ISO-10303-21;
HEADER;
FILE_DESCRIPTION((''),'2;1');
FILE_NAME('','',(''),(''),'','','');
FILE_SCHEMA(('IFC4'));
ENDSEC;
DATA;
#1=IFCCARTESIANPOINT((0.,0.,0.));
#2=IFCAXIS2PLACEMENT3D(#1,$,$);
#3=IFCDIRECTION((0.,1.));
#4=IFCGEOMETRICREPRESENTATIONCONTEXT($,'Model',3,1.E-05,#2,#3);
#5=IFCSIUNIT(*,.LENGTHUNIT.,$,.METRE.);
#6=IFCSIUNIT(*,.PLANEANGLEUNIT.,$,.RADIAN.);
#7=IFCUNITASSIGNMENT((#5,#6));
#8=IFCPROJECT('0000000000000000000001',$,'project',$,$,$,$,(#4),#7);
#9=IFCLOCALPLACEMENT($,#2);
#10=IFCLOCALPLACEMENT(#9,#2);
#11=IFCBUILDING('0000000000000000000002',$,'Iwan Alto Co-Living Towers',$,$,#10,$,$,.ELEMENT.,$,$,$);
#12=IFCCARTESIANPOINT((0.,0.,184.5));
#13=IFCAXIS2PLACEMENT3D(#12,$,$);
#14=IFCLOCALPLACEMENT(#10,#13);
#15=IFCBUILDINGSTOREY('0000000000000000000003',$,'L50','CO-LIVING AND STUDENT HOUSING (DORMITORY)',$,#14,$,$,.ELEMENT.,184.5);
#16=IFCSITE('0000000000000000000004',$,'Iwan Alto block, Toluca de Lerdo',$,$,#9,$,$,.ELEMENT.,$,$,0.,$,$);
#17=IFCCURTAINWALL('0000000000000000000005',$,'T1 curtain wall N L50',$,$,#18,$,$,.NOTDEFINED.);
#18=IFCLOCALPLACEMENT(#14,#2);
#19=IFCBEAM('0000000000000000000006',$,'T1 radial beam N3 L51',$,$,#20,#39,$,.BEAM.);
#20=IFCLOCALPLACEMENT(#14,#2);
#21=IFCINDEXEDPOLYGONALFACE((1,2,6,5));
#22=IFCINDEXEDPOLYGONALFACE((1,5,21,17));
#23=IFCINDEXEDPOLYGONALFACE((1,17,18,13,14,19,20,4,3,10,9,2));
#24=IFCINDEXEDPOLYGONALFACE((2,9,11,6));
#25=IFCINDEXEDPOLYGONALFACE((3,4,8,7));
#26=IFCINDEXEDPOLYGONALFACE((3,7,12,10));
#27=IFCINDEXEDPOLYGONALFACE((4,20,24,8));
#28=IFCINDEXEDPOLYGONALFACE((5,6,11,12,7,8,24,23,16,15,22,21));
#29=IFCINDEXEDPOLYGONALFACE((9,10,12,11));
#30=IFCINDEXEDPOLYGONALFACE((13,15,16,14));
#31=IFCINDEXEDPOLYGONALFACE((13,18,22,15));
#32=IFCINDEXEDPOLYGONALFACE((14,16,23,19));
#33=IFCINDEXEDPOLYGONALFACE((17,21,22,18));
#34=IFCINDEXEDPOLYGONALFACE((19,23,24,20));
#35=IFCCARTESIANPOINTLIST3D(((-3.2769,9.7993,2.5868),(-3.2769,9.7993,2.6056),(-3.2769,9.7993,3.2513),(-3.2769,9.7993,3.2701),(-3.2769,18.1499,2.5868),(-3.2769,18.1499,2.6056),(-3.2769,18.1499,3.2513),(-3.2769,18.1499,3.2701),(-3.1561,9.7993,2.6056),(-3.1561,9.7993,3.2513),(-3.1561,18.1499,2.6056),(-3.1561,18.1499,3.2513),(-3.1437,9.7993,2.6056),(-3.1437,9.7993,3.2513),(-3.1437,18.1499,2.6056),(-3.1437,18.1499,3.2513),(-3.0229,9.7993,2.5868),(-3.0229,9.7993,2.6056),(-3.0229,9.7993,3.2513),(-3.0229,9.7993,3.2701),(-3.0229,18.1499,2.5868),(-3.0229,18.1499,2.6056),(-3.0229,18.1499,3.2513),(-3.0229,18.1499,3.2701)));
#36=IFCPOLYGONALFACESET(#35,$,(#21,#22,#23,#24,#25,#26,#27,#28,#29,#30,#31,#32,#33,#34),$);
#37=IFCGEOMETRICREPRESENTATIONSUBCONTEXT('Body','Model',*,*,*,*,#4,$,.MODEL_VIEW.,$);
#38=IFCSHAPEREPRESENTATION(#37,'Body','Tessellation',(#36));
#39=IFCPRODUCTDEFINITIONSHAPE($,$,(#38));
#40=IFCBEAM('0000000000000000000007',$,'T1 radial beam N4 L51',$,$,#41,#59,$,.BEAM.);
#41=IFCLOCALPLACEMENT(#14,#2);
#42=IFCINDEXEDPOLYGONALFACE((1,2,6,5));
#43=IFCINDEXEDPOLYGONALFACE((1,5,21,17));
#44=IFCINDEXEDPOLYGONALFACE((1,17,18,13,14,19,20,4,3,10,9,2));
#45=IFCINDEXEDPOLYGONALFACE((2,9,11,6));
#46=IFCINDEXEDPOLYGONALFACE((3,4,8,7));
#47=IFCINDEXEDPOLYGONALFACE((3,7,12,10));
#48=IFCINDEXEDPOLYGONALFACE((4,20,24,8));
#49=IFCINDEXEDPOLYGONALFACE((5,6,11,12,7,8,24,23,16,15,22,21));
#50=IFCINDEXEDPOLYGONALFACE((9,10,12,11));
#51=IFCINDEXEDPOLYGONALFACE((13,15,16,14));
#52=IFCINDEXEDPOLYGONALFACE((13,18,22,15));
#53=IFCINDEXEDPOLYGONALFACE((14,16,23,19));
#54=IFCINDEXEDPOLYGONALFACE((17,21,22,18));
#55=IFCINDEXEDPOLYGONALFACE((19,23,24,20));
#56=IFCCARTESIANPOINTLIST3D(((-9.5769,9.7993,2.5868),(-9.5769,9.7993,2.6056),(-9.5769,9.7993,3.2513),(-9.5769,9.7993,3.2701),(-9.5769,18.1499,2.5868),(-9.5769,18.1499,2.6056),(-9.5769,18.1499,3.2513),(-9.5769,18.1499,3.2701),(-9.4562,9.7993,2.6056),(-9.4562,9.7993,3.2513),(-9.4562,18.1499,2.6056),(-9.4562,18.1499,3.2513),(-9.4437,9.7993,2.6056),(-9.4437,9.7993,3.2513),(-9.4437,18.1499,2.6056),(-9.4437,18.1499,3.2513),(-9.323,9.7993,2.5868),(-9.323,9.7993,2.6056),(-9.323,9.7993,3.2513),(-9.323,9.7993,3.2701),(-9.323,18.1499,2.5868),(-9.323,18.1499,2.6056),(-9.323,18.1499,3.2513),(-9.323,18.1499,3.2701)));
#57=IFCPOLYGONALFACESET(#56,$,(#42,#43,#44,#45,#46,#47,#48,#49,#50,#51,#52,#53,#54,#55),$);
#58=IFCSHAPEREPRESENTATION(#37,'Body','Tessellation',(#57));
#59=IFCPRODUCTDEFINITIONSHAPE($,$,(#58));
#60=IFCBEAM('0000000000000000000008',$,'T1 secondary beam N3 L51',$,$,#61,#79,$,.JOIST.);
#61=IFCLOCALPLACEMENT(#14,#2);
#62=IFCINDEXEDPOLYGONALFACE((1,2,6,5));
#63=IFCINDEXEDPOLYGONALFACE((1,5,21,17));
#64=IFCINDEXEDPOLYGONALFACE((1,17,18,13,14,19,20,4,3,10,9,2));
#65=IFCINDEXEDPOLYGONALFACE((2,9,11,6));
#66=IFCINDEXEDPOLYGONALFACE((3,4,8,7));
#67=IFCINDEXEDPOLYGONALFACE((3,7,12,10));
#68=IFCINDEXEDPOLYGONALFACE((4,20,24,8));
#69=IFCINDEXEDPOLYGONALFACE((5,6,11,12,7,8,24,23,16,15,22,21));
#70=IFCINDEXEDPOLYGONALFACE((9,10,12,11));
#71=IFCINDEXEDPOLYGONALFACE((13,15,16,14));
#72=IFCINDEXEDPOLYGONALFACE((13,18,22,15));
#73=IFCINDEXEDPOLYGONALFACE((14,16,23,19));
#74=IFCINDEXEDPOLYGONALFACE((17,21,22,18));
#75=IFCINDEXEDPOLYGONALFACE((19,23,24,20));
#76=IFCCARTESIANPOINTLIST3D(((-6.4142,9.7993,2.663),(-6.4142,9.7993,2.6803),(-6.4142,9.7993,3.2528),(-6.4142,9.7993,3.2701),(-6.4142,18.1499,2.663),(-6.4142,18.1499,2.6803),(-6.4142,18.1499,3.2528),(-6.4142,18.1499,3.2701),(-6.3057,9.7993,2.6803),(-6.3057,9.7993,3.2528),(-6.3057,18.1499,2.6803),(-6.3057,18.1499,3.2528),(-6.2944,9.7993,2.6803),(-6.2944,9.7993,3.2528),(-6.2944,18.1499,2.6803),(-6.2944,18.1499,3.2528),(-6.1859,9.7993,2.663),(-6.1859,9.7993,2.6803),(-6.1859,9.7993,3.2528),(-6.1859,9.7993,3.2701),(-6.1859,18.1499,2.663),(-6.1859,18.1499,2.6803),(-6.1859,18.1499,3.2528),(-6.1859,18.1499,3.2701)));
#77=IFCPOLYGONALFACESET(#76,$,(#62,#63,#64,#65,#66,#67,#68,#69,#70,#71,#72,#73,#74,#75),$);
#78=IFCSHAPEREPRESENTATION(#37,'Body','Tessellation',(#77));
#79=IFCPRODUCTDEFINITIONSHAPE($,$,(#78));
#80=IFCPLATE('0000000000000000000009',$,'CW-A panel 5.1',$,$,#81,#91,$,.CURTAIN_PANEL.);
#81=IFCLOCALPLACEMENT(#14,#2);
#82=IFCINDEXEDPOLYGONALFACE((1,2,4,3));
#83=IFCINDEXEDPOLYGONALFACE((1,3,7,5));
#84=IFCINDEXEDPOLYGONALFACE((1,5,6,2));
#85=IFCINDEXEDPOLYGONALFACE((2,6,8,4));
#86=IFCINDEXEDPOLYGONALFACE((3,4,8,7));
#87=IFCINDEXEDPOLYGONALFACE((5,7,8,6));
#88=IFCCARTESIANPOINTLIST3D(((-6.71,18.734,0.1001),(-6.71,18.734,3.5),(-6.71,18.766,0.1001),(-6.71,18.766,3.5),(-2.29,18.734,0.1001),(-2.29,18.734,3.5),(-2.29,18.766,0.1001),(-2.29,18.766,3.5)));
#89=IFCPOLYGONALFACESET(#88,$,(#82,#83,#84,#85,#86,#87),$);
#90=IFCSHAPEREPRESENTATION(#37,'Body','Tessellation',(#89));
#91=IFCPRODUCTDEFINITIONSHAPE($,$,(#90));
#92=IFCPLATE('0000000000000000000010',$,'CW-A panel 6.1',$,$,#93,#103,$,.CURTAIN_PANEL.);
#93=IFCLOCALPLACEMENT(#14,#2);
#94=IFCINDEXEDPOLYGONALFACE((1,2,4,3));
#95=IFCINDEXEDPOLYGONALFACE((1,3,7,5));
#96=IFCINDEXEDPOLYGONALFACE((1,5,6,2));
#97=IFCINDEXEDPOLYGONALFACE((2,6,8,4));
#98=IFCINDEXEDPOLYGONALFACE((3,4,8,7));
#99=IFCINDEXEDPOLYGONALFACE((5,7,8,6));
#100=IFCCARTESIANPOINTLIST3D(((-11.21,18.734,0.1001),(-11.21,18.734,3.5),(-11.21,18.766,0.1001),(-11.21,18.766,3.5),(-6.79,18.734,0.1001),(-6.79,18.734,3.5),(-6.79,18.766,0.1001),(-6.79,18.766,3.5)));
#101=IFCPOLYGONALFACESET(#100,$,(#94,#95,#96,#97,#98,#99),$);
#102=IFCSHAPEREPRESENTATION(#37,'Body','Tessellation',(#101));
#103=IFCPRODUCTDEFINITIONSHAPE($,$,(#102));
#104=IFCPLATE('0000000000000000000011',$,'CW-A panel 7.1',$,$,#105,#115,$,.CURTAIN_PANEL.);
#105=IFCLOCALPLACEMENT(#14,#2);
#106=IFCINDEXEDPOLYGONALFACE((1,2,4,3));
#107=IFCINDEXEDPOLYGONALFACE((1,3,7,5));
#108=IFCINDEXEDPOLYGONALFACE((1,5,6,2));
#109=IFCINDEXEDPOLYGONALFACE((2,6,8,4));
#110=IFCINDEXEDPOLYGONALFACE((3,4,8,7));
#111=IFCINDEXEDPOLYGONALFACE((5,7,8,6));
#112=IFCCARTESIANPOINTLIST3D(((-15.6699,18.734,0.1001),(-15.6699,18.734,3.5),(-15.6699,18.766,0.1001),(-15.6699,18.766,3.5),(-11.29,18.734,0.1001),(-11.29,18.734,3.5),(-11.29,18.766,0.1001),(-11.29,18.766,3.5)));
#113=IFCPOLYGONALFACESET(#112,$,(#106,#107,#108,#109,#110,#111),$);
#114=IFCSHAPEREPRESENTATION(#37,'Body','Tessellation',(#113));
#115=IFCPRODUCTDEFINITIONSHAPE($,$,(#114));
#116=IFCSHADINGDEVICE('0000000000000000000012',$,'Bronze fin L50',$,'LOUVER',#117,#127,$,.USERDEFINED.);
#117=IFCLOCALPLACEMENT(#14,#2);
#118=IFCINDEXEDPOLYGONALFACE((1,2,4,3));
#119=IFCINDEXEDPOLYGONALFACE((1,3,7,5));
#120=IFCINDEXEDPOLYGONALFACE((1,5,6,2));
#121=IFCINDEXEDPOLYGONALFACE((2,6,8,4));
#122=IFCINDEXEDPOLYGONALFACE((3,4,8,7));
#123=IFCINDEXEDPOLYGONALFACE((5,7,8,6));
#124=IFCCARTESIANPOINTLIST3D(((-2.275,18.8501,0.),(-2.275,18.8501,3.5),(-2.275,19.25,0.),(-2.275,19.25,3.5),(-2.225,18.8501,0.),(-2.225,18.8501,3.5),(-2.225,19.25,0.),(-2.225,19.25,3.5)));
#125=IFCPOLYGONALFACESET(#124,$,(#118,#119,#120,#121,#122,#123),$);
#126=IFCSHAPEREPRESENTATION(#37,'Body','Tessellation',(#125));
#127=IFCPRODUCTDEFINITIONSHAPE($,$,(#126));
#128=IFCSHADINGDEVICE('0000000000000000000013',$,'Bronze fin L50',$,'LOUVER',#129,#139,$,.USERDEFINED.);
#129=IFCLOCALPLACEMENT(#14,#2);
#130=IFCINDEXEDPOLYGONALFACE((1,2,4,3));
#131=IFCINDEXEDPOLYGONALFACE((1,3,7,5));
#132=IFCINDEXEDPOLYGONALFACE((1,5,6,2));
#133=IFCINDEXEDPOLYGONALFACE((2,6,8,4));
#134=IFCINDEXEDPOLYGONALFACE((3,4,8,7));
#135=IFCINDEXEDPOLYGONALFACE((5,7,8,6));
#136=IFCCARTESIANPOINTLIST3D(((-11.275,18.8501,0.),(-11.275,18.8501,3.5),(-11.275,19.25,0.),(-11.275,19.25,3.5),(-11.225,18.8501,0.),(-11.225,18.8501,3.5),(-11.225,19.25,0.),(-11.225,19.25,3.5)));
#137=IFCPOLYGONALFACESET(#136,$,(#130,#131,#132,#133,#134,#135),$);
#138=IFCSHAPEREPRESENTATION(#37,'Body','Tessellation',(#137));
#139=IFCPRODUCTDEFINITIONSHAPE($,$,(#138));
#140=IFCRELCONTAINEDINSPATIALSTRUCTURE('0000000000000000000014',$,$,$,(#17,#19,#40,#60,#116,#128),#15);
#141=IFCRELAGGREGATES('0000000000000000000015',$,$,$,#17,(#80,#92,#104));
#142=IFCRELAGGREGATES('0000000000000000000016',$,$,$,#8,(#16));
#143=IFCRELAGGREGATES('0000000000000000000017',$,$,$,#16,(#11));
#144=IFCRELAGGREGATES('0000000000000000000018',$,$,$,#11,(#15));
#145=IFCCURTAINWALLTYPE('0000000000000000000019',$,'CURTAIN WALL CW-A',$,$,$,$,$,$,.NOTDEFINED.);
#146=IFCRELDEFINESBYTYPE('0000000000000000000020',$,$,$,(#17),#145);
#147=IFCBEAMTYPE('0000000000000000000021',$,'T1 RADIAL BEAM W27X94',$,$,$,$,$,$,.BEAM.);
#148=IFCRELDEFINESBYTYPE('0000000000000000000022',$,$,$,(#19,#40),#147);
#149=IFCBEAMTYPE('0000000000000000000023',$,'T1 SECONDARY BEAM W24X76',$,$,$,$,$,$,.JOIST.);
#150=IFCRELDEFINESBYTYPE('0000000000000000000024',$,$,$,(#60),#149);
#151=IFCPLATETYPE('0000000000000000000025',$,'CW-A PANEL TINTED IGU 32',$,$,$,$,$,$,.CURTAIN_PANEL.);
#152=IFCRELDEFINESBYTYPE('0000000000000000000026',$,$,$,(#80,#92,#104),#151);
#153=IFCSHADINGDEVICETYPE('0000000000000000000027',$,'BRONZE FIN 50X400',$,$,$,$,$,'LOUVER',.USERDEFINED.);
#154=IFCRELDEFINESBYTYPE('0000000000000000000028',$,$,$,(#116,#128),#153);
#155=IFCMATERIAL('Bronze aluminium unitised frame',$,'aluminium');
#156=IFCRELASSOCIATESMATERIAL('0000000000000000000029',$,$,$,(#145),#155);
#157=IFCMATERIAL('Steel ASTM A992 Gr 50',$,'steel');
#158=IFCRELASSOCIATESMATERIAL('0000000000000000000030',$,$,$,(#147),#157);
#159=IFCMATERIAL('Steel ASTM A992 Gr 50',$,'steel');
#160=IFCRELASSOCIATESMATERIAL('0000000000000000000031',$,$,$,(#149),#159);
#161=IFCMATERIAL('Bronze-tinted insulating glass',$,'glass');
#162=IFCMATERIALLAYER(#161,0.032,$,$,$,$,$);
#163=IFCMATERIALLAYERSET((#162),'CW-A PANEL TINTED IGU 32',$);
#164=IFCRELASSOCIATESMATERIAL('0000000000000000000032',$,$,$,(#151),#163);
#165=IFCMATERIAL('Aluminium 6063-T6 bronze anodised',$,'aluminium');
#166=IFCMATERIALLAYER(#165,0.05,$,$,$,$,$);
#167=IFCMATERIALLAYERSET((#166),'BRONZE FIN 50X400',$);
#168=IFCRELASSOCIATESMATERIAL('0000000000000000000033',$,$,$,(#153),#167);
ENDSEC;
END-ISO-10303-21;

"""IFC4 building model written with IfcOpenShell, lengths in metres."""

from ifc_helpers import new_model, si_unit, direction, frame, origin, origin_2d, place, context, subcontext, project, spatial, rectangle, i_section, extrude, material, layer, layer_set, material_profile, profile_set, type_object, element, aggregate, save


model = new_model("IFC4")

# Units and contexts
model_context = context("Model", 3, precision=1e-05, world=origin(), true_north=direction((0.0, 1.0)))
body_context = subcontext(model_context, "Body", "Model", "MODEL_VIEW")
ifc_project = project(units=[si_unit("LENGTHUNIT", "METRE"), si_unit("PLANEANGLEUNIT", "RADIAN")], contexts=[model_context])

# Site, building, storey
site_placement = place(None, origin())
site = spatial("IfcSite", under=ifc_project, at=site_placement, Name="Iwan Alto block, Toluca de Lerdo", CompositionType="ELEMENT", RefElevation=0.0)
building_placement = place(site_placement, origin())
building = spatial("IfcBuilding", under=site, at=building_placement, Name="Iwan Alto Co-Living Towers", CompositionType="ELEMENT")
storey_placement = place(building_placement, frame((0.0, 0.0, 184.5)))
storey = spatial("IfcBuildingStorey", under=building, at=storey_placement, Name="L50", Description="CO-LIVING AND STUDENT HOUSING (DORMITORY)", CompositionType="ELEMENT", Elevation=184.5)

# Curtain wall
ifc_material_1 = material(Name="Bronze aluminium unitised frame", Category="aluminium")
curtain_wall_type_1 = type_object("IfcCurtainWallType", Name="CURTAIN WALL CW-A", PredefinedType="NOTDEFINED", material=ifc_material_1)
curtain_wall_1_placement = place(storey_placement, origin())
curtain_wall_1 = element("IfcCurtainWall", 1, at=curtain_wall_1_placement, inside=storey, type_object=curtain_wall_type_1, Name="T1 curtain wall N L50", PredefinedType="NOTDEFINED")

# Beams
ifc_material_2 = material(Name="Steel ASTM A992 Gr 50", Category="steel")
ifc_material_profile_1 = material_profile(ifc_material_2, i_section(OverallWidth=0.2539, OverallDepth=0.6833, WebThickness=0.0125, FlangeThickness=0.0188, at=origin_2d()), Name="W27X94")
ifc_profile_set_1 = profile_set([ifc_material_profile_1], Name="Steel ASTM A992 Gr 50")
beam_type_1 = type_object("IfcBeamType", Name="T1 RADIAL BEAM W27X94", PredefinedType="BEAM", material=ifc_profile_set_1)
for number, where, z_axis, x_axis, name in (
    (2, (-3.1499, 18.1499, 2.9285), (0.0, -1.0, 0.0), (1.0, 0.0, 0.0), "T1 radial beam N3 L51"),
    (3, (-9.45, 18.1499, 2.9285), (0.0, -1.0, 0.0), (1.0, 0.0, 0.0), "T1 radial beam N4 L51"),
):
    element("IfcBeam", number, at=place(storey_placement, frame(where, z_axis=z_axis, x_axis=x_axis)), inside=storey, type_object=beam_type_1, Name=name, PredefinedType="BEAM", context=body_context, shape_type="SweptSolid", body=[
        extrude(i_section(OverallWidth=0.2539, OverallDepth=0.6833, WebThickness=0.0125, FlangeThickness=0.0188, at=origin_2d()), origin(), (0.0, 0.0, 1.0), 8.3506),
    ])
ifc_material_3 = material(Name="Steel ASTM A992 Gr 50", Category="steel")
ifc_material_profile_2 = material_profile(ifc_material_3, i_section(OverallWidth=0.2283, OverallDepth=0.6072, WebThickness=0.0112, FlangeThickness=0.0173, at=origin_2d()), Name="W24X76")
ifc_profile_set_2 = profile_set([ifc_material_profile_2], Name="Steel ASTM A992 Gr 50")
beam_type_2 = type_object("IfcBeamType", Name="T1 SECONDARY BEAM W24X76", PredefinedType="JOIST", material=ifc_profile_set_2)
beam_1_placement = place(storey_placement, frame((-6.3, 18.1499, 2.9666), z_axis=(0.0, -1.0, 0.0), x_axis=(1.0, 0.0, 0.0)))
element("IfcBeam", 4, at=beam_1_placement, inside=storey, type_object=beam_type_2, Name="T1 secondary beam N3 L51", PredefinedType="JOIST", context=body_context, shape_type="SweptSolid", body=[
    extrude(i_section(OverallWidth=0.2283, OverallDepth=0.6072, WebThickness=0.0112, FlangeThickness=0.0173, at=origin_2d()), origin(), (0.0, 0.0, 1.0), 8.3506),
])

# Plates
ifc_material_4 = material(Name="Bronze-tinted insulating glass", Category="glass")
ifc_layer_1 = layer(ifc_material_4, 0.032)
ifc_layer_set_1 = layer_set([ifc_layer_1], Name="CW-A PANEL TINTED IGU 32")
plate_type = type_object("IfcPlateType", Name="CW-A PANEL TINTED IGU 32", PredefinedType="CURTAIN_PANEL", material=ifc_layer_set_1)
plate_1_placement = place(storey_placement, frame((-4.5, 18.75, 0.1001), z_axis=(0.0, 0.0, 1.0), x_axis=(-1.0, 0.0, 0.0)))
plate_1 = element("IfcPlate", 5, at=plate_1_placement, type_object=plate_type, Name="CW-A panel 5.1", PredefinedType="CURTAIN_PANEL", context=body_context, shape_type="SweptSolid", body=[
    extrude(rectangle(XDim=4.4199, YDim=0.032, at=origin_2d()), origin(), (0.0, 0.0, 1.0), 3.3999),
])
plate_2_placement = place(storey_placement, frame((-9.0, 18.75, 0.1001), z_axis=(0.0, 0.0, 1.0), x_axis=(-1.0, 0.0, 0.0)))
plate_2 = element("IfcPlate", 6, at=plate_2_placement, type_object=plate_type, Name="CW-A panel 6.1", PredefinedType="CURTAIN_PANEL", context=body_context, shape_type="SweptSolid", body=[
    extrude(rectangle(XDim=4.4199, YDim=0.032, at=origin_2d()), origin(), (0.0, 0.0, 1.0), 3.3999),
])
plate_3_placement = place(storey_placement, frame((-13.48, 18.75, 0.1001), z_axis=(0.0, 0.0, 1.0), x_axis=(-1.0, 0.0, 0.0)))
plate_3 = element("IfcPlate", 7, at=plate_3_placement, type_object=plate_type, Name="CW-A panel 7.1", PredefinedType="CURTAIN_PANEL", context=body_context, shape_type="SweptSolid", body=[
    extrude(rectangle(XDim=4.3799, YDim=0.032, at=origin_2d()), origin(), (0.0, 0.0, 1.0), 3.3999),
])
aggregate(curtain_wall_1, [plate_1, plate_2, plate_3])

# Shading devices
ifc_material_5 = material(Name="Aluminium 6063-T6 bronze anodised", Category="aluminium")
ifc_layer_2 = layer(ifc_material_5, 0.05)
ifc_layer_set_2 = layer_set([ifc_layer_2], Name="BRONZE FIN 50X400")
shading_device_type = type_object("IfcShadingDeviceType", Name="BRONZE FIN 50X400", ElementType="LOUVER", PredefinedType="USERDEFINED", material=ifc_layer_set_2)
for number, where, z_axis, x_axis, name in (
    (8, (-2.25, 19.05, 0.0), (0.0, 0.0, 1.0), (-1.0, 0.0, 0.0), "Bronze fin L50"),
    (9, (-11.25, 19.05, 0.0), (0.0, 0.0, 1.0), (-1.0, 0.0, 0.0), "Bronze fin L50"),
):
    element("IfcShadingDevice", number, at=place(storey_placement, frame(where, z_axis=z_axis, x_axis=x_axis)), inside=storey, type_object=shading_device_type, Name=name, ObjectType="LOUVER", PredefinedType="USERDEFINED", context=body_context, shape_type="SweptSolid", body=[
        extrude(rectangle(XDim=0.05, YDim=0.3999, at=origin_2d()), origin(), (0.0, 0.0, 1.0), 3.5),
    ])

save(model, "model.ifc")
